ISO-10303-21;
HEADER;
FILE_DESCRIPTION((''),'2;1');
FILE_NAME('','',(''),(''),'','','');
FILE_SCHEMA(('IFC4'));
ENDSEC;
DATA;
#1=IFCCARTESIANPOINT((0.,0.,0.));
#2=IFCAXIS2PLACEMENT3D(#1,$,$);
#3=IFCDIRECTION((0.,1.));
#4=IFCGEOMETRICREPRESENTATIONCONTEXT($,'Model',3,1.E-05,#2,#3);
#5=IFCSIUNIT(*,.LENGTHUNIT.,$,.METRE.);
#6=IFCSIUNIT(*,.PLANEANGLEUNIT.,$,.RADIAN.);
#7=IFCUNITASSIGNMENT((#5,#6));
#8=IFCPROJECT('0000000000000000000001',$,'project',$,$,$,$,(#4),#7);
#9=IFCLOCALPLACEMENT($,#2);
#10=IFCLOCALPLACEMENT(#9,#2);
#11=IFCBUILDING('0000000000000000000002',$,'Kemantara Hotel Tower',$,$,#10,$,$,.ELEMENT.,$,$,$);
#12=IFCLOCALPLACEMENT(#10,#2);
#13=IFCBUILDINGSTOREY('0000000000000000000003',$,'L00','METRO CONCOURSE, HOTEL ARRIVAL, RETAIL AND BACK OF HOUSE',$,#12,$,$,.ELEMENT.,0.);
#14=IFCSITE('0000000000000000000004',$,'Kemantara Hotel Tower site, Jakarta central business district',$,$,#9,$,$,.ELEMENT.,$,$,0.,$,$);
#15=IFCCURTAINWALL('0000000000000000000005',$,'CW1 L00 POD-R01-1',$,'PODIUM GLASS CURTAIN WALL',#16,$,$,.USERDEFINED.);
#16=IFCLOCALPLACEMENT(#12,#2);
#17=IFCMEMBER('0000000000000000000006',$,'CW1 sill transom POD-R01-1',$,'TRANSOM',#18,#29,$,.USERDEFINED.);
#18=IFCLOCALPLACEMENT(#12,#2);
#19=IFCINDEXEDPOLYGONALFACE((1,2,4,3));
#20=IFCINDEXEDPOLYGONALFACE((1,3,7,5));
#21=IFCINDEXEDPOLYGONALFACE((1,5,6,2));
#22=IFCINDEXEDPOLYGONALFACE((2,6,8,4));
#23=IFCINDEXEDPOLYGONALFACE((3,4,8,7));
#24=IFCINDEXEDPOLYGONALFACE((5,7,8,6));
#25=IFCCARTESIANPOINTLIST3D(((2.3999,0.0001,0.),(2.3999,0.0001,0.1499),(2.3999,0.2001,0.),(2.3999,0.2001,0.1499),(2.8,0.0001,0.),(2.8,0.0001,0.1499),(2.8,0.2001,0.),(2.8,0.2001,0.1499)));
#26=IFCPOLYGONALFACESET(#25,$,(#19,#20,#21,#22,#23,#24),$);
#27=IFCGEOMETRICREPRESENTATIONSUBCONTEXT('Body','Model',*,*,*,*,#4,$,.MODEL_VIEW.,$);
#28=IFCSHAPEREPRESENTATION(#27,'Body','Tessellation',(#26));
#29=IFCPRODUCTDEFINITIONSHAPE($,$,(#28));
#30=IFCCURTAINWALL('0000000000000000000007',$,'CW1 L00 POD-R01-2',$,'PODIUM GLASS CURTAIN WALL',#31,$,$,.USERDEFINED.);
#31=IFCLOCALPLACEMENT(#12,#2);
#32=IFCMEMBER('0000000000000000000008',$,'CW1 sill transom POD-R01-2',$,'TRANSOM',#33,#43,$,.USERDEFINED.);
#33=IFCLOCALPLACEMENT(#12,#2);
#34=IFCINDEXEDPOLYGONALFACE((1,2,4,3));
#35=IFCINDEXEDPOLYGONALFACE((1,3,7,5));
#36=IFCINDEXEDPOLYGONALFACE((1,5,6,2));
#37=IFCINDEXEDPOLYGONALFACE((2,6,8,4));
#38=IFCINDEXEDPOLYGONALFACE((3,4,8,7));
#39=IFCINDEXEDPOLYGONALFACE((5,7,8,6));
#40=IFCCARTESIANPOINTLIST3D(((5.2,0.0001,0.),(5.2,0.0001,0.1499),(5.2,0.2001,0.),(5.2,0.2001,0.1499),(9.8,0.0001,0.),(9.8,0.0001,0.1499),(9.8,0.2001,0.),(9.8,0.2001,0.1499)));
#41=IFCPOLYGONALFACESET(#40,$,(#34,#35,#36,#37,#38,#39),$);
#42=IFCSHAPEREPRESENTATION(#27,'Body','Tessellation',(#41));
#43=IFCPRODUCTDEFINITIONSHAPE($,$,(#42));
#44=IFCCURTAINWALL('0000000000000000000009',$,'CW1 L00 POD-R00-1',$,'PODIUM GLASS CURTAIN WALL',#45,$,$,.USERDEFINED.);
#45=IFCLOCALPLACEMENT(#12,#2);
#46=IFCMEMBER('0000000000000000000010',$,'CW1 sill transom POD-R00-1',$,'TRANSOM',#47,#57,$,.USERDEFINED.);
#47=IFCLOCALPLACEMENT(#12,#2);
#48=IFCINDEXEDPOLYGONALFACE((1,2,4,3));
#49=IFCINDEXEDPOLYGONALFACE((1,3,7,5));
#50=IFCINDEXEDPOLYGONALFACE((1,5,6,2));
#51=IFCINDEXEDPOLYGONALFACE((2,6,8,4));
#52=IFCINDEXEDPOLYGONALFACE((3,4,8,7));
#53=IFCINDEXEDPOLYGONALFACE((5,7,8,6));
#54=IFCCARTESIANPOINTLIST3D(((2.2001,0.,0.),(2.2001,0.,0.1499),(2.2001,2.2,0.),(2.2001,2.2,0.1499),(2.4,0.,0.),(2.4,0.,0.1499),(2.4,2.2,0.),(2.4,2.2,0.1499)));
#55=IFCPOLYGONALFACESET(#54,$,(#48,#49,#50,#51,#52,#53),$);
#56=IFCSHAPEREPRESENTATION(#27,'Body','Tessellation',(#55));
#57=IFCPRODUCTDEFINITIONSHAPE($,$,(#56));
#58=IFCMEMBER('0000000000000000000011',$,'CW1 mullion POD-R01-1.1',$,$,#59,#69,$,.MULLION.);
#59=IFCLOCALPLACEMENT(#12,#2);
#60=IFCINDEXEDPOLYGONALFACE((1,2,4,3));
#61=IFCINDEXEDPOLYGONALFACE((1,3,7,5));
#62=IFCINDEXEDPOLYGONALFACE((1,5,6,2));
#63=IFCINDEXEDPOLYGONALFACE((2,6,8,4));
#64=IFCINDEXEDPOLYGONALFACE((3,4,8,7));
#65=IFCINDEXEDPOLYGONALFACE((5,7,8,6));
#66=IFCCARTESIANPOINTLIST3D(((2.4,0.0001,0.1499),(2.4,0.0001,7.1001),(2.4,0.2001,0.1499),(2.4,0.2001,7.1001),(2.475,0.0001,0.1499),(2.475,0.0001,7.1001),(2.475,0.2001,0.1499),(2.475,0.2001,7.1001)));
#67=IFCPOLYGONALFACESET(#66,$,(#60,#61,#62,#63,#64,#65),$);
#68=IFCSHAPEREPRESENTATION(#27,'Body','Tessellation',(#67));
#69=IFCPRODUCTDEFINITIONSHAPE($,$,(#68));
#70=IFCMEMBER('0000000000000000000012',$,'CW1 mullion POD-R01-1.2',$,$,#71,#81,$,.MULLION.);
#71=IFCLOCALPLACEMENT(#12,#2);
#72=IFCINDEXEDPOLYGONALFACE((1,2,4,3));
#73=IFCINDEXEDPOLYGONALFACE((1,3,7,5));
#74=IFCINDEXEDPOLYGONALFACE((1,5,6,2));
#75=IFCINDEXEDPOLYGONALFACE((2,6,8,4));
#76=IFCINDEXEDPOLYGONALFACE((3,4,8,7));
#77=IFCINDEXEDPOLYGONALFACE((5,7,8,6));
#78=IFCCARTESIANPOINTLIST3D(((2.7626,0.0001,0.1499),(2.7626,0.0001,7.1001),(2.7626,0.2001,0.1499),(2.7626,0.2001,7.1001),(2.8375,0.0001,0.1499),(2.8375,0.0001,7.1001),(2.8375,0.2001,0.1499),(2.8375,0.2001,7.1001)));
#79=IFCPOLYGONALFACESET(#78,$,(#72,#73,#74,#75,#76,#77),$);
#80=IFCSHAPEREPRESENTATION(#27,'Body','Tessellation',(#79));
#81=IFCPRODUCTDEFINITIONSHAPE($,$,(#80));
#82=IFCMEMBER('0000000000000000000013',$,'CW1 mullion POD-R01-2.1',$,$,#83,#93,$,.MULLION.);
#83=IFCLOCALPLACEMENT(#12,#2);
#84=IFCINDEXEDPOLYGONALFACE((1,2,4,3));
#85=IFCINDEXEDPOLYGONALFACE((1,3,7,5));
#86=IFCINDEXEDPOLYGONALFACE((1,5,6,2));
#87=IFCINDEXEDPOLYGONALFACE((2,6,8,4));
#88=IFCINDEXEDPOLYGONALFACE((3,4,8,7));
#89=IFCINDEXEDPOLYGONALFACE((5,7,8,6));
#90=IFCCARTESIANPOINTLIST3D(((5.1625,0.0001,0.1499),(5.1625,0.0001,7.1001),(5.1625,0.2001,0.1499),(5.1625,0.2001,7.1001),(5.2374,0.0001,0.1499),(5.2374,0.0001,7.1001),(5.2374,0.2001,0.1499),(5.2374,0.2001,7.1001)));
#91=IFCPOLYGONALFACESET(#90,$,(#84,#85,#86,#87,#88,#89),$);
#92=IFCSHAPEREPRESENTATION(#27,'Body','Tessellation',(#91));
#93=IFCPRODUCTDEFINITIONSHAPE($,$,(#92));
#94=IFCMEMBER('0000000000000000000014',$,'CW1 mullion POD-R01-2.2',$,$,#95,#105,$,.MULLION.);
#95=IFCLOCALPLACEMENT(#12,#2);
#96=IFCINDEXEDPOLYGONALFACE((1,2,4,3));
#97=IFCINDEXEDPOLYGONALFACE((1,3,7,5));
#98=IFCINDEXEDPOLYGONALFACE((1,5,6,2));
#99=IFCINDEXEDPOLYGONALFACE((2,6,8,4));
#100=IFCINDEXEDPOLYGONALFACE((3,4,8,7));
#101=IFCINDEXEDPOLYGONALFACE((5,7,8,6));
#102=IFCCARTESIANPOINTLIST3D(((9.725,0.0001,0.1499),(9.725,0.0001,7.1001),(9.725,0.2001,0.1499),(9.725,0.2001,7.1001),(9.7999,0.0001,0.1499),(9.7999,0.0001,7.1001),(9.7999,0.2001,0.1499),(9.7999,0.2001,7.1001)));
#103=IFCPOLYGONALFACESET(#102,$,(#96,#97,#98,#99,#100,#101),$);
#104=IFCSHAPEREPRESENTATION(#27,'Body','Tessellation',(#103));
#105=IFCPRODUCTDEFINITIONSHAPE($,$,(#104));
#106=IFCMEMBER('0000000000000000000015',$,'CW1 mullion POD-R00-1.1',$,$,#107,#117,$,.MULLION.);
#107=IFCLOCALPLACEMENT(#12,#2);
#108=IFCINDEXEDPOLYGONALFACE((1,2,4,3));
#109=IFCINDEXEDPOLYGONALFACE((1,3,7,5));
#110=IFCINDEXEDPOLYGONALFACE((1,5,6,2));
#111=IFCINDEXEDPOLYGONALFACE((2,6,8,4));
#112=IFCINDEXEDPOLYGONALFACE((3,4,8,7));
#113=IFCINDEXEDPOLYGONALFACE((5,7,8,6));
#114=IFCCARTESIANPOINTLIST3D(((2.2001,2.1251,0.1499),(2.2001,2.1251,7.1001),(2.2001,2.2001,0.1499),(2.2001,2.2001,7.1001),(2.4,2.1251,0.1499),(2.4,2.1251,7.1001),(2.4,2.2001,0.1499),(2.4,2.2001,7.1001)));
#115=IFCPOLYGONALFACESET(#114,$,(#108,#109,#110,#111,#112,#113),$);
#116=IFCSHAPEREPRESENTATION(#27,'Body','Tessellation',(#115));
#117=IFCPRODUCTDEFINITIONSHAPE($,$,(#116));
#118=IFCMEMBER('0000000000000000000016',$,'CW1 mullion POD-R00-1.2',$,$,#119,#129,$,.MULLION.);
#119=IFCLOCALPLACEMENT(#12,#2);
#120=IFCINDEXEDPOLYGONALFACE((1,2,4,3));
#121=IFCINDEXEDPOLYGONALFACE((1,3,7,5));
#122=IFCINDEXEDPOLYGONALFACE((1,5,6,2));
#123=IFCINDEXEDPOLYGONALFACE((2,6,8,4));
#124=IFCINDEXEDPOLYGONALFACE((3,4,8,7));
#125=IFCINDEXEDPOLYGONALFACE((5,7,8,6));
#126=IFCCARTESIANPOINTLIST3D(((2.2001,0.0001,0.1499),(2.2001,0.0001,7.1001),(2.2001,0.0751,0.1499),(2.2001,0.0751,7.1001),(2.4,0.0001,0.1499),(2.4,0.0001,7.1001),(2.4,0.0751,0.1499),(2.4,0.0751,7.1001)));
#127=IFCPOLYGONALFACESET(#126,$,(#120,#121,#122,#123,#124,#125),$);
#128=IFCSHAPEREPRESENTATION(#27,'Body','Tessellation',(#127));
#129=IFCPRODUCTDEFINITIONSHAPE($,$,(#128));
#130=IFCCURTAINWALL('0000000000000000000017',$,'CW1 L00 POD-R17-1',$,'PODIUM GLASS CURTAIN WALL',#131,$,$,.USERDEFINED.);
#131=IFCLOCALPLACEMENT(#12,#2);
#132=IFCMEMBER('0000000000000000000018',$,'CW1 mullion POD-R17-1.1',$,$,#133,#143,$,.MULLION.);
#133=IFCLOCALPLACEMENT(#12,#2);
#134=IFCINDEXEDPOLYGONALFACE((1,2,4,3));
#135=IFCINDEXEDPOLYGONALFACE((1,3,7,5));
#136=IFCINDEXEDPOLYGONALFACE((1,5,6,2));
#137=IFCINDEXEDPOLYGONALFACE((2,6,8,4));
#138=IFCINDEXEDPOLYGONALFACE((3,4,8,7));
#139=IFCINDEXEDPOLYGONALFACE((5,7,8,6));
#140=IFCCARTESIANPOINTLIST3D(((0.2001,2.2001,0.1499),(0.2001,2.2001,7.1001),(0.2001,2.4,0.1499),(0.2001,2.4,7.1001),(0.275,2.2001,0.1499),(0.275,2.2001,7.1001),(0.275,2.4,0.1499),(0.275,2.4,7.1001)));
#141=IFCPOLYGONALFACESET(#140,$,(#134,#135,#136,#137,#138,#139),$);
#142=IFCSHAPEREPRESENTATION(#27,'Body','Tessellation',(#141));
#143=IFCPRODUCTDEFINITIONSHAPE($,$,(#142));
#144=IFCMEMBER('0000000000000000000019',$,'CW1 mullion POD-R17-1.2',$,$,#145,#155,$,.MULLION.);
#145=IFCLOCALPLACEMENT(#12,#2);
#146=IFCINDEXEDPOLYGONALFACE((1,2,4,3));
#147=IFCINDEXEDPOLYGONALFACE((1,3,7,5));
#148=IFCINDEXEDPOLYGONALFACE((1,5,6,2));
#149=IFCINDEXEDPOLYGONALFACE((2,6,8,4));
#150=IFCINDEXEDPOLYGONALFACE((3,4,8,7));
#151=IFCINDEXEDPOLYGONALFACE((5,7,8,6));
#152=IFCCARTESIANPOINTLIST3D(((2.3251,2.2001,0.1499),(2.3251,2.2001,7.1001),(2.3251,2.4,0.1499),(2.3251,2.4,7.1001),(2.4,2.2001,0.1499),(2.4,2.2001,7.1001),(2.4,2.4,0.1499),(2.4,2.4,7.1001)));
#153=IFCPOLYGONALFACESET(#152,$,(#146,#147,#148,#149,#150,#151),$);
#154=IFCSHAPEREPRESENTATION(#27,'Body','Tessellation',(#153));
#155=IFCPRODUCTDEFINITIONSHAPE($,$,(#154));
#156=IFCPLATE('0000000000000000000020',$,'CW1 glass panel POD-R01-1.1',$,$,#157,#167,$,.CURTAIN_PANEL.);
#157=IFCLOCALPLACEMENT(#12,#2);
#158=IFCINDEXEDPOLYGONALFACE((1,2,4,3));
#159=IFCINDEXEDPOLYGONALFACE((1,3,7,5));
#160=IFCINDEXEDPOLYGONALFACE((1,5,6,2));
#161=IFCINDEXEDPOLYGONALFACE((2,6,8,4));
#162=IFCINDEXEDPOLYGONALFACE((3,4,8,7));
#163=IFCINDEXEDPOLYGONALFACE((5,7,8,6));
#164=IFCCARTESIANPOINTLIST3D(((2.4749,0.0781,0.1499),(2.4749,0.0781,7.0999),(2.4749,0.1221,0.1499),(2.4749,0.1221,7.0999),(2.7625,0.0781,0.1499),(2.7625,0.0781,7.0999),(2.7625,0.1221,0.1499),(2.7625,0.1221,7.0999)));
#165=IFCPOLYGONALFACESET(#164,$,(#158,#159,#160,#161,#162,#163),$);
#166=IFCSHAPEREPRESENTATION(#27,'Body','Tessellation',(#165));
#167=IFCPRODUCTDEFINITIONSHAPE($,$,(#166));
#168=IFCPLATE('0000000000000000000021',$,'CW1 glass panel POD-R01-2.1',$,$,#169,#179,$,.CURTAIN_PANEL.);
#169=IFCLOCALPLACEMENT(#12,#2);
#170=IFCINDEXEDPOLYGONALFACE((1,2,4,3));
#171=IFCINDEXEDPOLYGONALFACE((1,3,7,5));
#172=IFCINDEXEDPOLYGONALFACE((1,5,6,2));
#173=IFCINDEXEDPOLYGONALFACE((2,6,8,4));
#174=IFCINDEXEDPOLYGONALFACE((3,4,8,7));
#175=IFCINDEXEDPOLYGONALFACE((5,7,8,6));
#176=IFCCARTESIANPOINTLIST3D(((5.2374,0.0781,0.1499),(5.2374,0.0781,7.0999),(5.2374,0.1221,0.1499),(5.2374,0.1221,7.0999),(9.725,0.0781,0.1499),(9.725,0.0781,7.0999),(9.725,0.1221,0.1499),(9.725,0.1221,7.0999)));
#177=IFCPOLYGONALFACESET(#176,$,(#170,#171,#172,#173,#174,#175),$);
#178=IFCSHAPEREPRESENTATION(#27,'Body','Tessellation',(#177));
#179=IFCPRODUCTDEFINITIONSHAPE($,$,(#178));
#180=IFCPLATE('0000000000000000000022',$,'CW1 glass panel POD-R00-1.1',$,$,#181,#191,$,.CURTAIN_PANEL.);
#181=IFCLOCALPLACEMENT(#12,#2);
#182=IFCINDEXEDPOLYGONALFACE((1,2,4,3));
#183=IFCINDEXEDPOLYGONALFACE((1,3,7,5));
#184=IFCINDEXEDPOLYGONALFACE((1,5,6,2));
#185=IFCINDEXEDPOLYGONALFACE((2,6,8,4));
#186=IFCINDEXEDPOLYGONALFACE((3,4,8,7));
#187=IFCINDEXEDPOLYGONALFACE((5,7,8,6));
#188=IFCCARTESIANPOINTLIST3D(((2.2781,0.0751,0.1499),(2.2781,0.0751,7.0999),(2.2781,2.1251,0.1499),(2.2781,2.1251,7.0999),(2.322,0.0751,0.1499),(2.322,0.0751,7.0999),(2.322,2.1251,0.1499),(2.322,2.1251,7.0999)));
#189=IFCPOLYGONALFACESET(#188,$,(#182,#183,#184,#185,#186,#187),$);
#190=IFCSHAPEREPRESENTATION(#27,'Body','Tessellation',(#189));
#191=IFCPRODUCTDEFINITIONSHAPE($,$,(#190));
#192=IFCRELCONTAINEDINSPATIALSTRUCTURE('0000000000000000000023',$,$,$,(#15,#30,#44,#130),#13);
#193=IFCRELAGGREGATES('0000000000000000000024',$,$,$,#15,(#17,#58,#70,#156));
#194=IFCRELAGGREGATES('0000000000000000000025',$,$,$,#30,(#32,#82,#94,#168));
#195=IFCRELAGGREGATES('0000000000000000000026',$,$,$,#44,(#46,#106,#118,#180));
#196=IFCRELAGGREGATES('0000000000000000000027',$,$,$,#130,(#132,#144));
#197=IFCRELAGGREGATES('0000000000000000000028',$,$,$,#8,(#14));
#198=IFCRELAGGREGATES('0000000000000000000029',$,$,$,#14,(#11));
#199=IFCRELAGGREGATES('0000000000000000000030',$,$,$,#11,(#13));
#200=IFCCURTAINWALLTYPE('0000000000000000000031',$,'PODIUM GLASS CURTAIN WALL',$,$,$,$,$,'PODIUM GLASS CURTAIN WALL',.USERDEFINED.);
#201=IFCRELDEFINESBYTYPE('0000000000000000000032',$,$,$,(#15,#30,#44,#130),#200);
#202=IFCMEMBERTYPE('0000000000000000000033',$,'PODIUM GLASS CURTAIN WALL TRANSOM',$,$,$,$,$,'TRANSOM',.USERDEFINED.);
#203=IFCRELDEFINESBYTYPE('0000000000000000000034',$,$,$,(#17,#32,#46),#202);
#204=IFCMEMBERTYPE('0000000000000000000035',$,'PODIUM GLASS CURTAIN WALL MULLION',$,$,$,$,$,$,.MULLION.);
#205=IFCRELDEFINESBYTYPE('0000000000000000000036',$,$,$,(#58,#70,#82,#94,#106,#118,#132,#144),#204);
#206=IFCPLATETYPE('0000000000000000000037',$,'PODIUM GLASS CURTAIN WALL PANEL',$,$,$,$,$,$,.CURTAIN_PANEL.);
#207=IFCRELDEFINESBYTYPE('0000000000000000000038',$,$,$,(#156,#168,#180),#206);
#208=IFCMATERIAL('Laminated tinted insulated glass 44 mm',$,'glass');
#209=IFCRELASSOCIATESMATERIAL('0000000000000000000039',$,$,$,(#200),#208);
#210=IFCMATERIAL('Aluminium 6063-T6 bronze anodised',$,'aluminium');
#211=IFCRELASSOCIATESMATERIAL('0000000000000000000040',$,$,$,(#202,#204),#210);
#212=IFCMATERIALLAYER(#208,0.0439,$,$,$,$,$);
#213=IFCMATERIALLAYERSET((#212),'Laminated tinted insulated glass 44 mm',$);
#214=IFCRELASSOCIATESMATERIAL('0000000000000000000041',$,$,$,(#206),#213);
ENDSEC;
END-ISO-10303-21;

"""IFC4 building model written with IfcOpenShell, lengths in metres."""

from ifc_helpers import new_model, si_unit, direction, frame, origin, origin_2d, place, context, subcontext, project, spatial, rectangle, extrude, source, transform, mapped, material, layer, layer_set, material_profile, profile_set, type_object, element, aggregate, save


model = new_model("IFC4")

# Units and contexts
model_context = context("Model", 3, precision=1e-05, world=origin(), true_north=direction((0.0, 1.0)))
body_context = subcontext(model_context, "Body", "Model", "MODEL_VIEW")
ifc_project = project(units=[si_unit("LENGTHUNIT", "METRE"), si_unit("PLANEANGLEUNIT", "RADIAN")], contexts=[model_context])

# Site, building, storey
site_placement = place(None, origin())
site = spatial("IfcSite", under=ifc_project, at=site_placement, Name="Kemantara Hotel Tower site, Jakarta central business district", CompositionType="ELEMENT", RefElevation=0.0)
building_placement = place(site_placement, origin())
building = spatial("IfcBuilding", under=site, at=building_placement, Name="Kemantara Hotel Tower", CompositionType="ELEMENT")
storey_placement = place(building_placement, origin())
storey = spatial("IfcBuildingStorey", under=building, at=storey_placement, Name="L00", Description="METRO CONCOURSE, HOTEL ARRIVAL, RETAIL AND BACK OF HOUSE", CompositionType="ELEMENT", Elevation=0.0)

# Curtain walls, members
ifc_material_1 = material(Name="Laminated tinted insulated glass 44 mm", Category="glass")
curtain_wall_type = type_object("IfcCurtainWallType", Name="PODIUM GLASS CURTAIN WALL", ElementType="PODIUM GLASS CURTAIN WALL", PredefinedType="USERDEFINED", material=ifc_material_1)
curtain_wall_1_placement = place(storey_placement, origin())
curtain_wall_1 = element("IfcCurtainWall", 1, at=curtain_wall_1_placement, inside=storey, type_object=curtain_wall_type, Name="CW1 L00 POD-R01-1", ObjectType="PODIUM GLASS CURTAIN WALL", PredefinedType="USERDEFINED")
ifc_material_2 = material(Name="Aluminium 6063-T6 bronze anodised", Category="aluminium")
ifc_material_profile_1 = material_profile(ifc_material_2, rectangle(XDim=0.2, YDim=0.1499, at=origin_2d()), Name="PODIUM GLASS CURTAIN WALL TRANSOM")
ifc_profile_set_1 = profile_set([ifc_material_profile_1], Name="Aluminium 6063-T6 bronze anodised")
member_type_1 = type_object("IfcMemberType", Name="PODIUM GLASS CURTAIN WALL TRANSOM", ElementType="TRANSOM", PredefinedType="USERDEFINED", material=ifc_profile_set_1)
member_1_placement = place(storey_placement, frame((2.3999, 0.1001, 0.075), z_axis=(1.0, 0.0, 0.0), x_axis=(0.0, 1.0, 0.0)))
member_1 = element("IfcMember", 2, at=member_1_placement, type_object=member_type_1, Name="CW1 sill transom POD-R01-1", ObjectType="TRANSOM", PredefinedType="USERDEFINED", context=body_context, shape_type="SweptSolid", body=[
    extrude(rectangle(XDim=0.2, YDim=0.1499, at=origin_2d()), origin(), (0.0, 0.0, 1.0), 0.4001),
])
curtain_wall_2_placement = place(storey_placement, origin())
curtain_wall_2 = element("IfcCurtainWall", 3, at=curtain_wall_2_placement, inside=storey, type_object=curtain_wall_type, Name="CW1 L00 POD-R01-2", ObjectType="PODIUM GLASS CURTAIN WALL", PredefinedType="USERDEFINED")
member_2_placement = place(storey_placement, frame((5.2, 0.1001, 0.075), z_axis=(1.0, 0.0, 0.0), x_axis=(0.0, 1.0, 0.0)))
member_2 = element("IfcMember", 4, at=member_2_placement, type_object=member_type_1, Name="CW1 sill transom POD-R01-2", ObjectType="TRANSOM", PredefinedType="USERDEFINED", context=body_context, shape_type="SweptSolid", body=[
    extrude(rectangle(XDim=0.2, YDim=0.1499, at=origin_2d()), origin(), (0.0, 0.0, 1.0), 4.6001),
])
curtain_wall_3_placement = place(storey_placement, origin())
curtain_wall_3 = element("IfcCurtainWall", 5, at=curtain_wall_3_placement, inside=storey, type_object=curtain_wall_type, Name="CW1 L00 POD-R00-1", ObjectType="PODIUM GLASS CURTAIN WALL", PredefinedType="USERDEFINED")
member_3_placement = place(storey_placement, frame((2.3, 2.2, 0.075), z_axis=(0.0, -1.0, 0.0), x_axis=(1.0, 0.0, 0.0)))
member_3 = element("IfcMember", 6, at=member_3_placement, type_object=member_type_1, Name="CW1 sill transom POD-R00-1", ObjectType="TRANSOM", PredefinedType="USERDEFINED", context=body_context, shape_type="SweptSolid", body=[
    extrude(rectangle(XDim=0.2, YDim=0.1499, at=origin_2d()), origin(), (0.0, 0.0, 1.0), 2.2),
])

# Members
ifc_material_profile_2 = material_profile(ifc_material_2, rectangle(XDim=0.2, YDim=0.075, at=origin_2d()), Name="PODIUM GLASS CURTAIN WALL MULLION")
ifc_profile_set_2 = profile_set([ifc_material_profile_2], Name="Aluminium 6063-T6 bronze anodised")
member_type_2 = type_object("IfcMemberType", Name="PODIUM GLASS CURTAIN WALL MULLION", PredefinedType="MULLION", material=ifc_profile_set_2)
shared_shape_1 = source(origin(), body_context, "Body", "SweptSolid", [
    extrude(rectangle(XDim=0.2, YDim=0.075, at=origin_2d()), origin(), (0.0, 0.0, 1.0), 6.9502),
])
member_4_placement = place(storey_placement, frame((2.4375, 0.1001, 0.1499), z_axis=(0.0, 0.0, 1.0), x_axis=(0.0, 1.0, 0.0)))
member_4 = element("IfcMember", 7, at=member_4_placement, type_object=member_type_2, Name="CW1 mullion POD-R01-1.1", PredefinedType="MULLION", context=body_context, shape_type="MappedRepresentation", body=[
    mapped(shared_shape_1, transform((0.0, 0.0, 0.0))),
])
member_5_placement = place(storey_placement, frame((2.8, 0.1001, 0.1499), z_axis=(0.0, 0.0, 1.0), x_axis=(0.0, 1.0, 0.0)))
member_5 = element("IfcMember", 8, at=member_5_placement, type_object=member_type_2, Name="CW1 mullion POD-R01-1.2", PredefinedType="MULLION", context=body_context, shape_type="MappedRepresentation", body=[
    mapped(shared_shape_1, transform((0.0, 0.0, 0.0))),
])
member_6_placement = place(storey_placement, frame((5.2, 0.1001, 0.1499), z_axis=(0.0, 0.0, 1.0), x_axis=(0.0, 1.0, 0.0)))
member_6 = element("IfcMember", 9, at=member_6_placement, type_object=member_type_2, Name="CW1 mullion POD-R01-2.1", PredefinedType="MULLION", context=body_context, shape_type="MappedRepresentation", body=[
    mapped(shared_shape_1, transform((0.0, 0.0, 0.0))),
])
member_7_placement = place(storey_placement, frame((9.7625, 0.1001, 0.1499), z_axis=(0.0, 0.0, 1.0), x_axis=(0.0, 1.0, 0.0)))
member_7 = element("IfcMember", 10, at=member_7_placement, type_object=member_type_2, Name="CW1 mullion POD-R01-2.2", PredefinedType="MULLION", context=body_context, shape_type="MappedRepresentation", body=[
    mapped(shared_shape_1, transform((0.0, 0.0, 0.0))),
])
member_8_placement = place(storey_placement, frame((2.3, 2.1626, 0.1499), z_axis=(0.0, 0.0, 1.0), x_axis=(1.0, 0.0, 0.0)))
member_8 = element("IfcMember", 11, at=member_8_placement, type_object=member_type_2, Name="CW1 mullion POD-R00-1.1", PredefinedType="MULLION", context=body_context, shape_type="MappedRepresentation", body=[
    mapped(shared_shape_1, transform((0.0, 0.0, 0.0))),
])
member_9_placement = place(storey_placement, frame((2.3, 0.0376, 0.1499), z_axis=(0.0, 0.0, 1.0), x_axis=(1.0, 0.0, 0.0)))
member_9 = element("IfcMember", 12, at=member_9_placement, type_object=member_type_2, Name="CW1 mullion POD-R00-1.2", PredefinedType="MULLION", context=body_context, shape_type="MappedRepresentation", body=[
    mapped(shared_shape_1, transform((0.0, 0.0, 0.0))),
])

# Curtain wall, members
curtain_wall_4_placement = place(storey_placement, origin())
curtain_wall_4 = element("IfcCurtainWall", 13, at=curtain_wall_4_placement, inside=storey, type_object=curtain_wall_type, Name="CW1 L00 POD-R17-1", ObjectType="PODIUM GLASS CURTAIN WALL", PredefinedType="USERDEFINED")
member_10_placement = place(storey_placement, frame((0.2375, 2.3, 0.1499), z_axis=(0.0, 0.0, 1.0), x_axis=(0.0, 1.0, 0.0)))
member_10 = element("IfcMember", 14, at=member_10_placement, type_object=member_type_2, Name="CW1 mullion POD-R17-1.1", PredefinedType="MULLION", context=body_context, shape_type="MappedRepresentation", body=[
    mapped(shared_shape_1, transform((0.0, 0.0, 0.0))),
])
member_11_placement = place(storey_placement, frame((2.3625, 2.3, 0.1499), z_axis=(0.0, 0.0, 1.0), x_axis=(0.0, 1.0, 0.0)))
member_11 = element("IfcMember", 15, at=member_11_placement, type_object=member_type_2, Name="CW1 mullion POD-R17-1.2", PredefinedType="MULLION", context=body_context, shape_type="MappedRepresentation", body=[
    mapped(shared_shape_1, transform((0.0, 0.0, 0.0))),
])

# Plates
ifc_layer_1 = layer(ifc_material_1, 0.0439)
ifc_layer_set_1 = layer_set([ifc_layer_1], Name="Laminated tinted insulated glass 44 mm")
plate_type = type_object("IfcPlateType", Name="PODIUM GLASS CURTAIN WALL PANEL", PredefinedType="CURTAIN_PANEL", material=ifc_layer_set_1)
shared_shape_2 = source(origin(), body_context, "Body", "SweptSolid", [
    extrude(rectangle(XDim=0.2876, YDim=0.0439, at=origin_2d()), origin(), (0.0, 0.0, 1.0), 6.95),
])
plate_1_placement = place(storey_placement, frame((2.6187, 0.1001, 0.1499), z_axis=(0.0, 0.0, 1.0), x_axis=(1.0, 0.0, 0.0)))
plate_1 = element("IfcPlate", 16, at=plate_1_placement, type_object=plate_type, Name="CW1 glass panel POD-R01-1.1", PredefinedType="CURTAIN_PANEL", context=body_context, shape_type="MappedRepresentation", body=[
    mapped(shared_shape_2, transform((0.0, 0.0, 0.0))),
])
aggregate(curtain_wall_1, [member_1, member_4, member_5, plate_1])
shared_shape_3 = source(origin(), body_context, "Body", "SweptSolid", [
    extrude(rectangle(XDim=4.4875, YDim=0.0439, at=origin_2d()), origin(), (0.0, 0.0, 1.0), 6.95),
])
plate_2_placement = place(storey_placement, frame((7.4812, 0.1001, 0.1499), z_axis=(0.0, 0.0, 1.0), x_axis=(1.0, 0.0, 0.0)))
plate_2 = element("IfcPlate", 17, at=plate_2_placement, type_object=plate_type, Name="CW1 glass panel POD-R01-2.1", PredefinedType="CURTAIN_PANEL", context=body_context, shape_type="MappedRepresentation", body=[
    mapped(shared_shape_3, transform((0.0, 0.0, 0.0))),
])
aggregate(curtain_wall_2, [member_2, member_6, member_7, plate_2])
shared_shape_4 = source(origin(), body_context, "Body", "SweptSolid", [
    extrude(rectangle(XDim=2.05, YDim=0.0439, at=origin_2d()), origin(), (0.0, 0.0, 1.0), 6.95),
])
plate_3_placement = place(storey_placement, frame((2.3, 1.1001, 0.1499), z_axis=(0.0, 0.0, 1.0), x_axis=(0.0, -1.0, 0.0)))
plate_3 = element("IfcPlate", 18, at=plate_3_placement, type_object=plate_type, Name="CW1 glass panel POD-R00-1.1", PredefinedType="CURTAIN_PANEL", context=body_context, shape_type="MappedRepresentation", body=[
    mapped(shared_shape_4, transform((0.0, 0.0, 0.0))),
])
aggregate(curtain_wall_3, [member_3, member_8, member_9, plate_3])
aggregate(curtain_wall_4, [member_10, member_11])

save(model, "model.ifc")
